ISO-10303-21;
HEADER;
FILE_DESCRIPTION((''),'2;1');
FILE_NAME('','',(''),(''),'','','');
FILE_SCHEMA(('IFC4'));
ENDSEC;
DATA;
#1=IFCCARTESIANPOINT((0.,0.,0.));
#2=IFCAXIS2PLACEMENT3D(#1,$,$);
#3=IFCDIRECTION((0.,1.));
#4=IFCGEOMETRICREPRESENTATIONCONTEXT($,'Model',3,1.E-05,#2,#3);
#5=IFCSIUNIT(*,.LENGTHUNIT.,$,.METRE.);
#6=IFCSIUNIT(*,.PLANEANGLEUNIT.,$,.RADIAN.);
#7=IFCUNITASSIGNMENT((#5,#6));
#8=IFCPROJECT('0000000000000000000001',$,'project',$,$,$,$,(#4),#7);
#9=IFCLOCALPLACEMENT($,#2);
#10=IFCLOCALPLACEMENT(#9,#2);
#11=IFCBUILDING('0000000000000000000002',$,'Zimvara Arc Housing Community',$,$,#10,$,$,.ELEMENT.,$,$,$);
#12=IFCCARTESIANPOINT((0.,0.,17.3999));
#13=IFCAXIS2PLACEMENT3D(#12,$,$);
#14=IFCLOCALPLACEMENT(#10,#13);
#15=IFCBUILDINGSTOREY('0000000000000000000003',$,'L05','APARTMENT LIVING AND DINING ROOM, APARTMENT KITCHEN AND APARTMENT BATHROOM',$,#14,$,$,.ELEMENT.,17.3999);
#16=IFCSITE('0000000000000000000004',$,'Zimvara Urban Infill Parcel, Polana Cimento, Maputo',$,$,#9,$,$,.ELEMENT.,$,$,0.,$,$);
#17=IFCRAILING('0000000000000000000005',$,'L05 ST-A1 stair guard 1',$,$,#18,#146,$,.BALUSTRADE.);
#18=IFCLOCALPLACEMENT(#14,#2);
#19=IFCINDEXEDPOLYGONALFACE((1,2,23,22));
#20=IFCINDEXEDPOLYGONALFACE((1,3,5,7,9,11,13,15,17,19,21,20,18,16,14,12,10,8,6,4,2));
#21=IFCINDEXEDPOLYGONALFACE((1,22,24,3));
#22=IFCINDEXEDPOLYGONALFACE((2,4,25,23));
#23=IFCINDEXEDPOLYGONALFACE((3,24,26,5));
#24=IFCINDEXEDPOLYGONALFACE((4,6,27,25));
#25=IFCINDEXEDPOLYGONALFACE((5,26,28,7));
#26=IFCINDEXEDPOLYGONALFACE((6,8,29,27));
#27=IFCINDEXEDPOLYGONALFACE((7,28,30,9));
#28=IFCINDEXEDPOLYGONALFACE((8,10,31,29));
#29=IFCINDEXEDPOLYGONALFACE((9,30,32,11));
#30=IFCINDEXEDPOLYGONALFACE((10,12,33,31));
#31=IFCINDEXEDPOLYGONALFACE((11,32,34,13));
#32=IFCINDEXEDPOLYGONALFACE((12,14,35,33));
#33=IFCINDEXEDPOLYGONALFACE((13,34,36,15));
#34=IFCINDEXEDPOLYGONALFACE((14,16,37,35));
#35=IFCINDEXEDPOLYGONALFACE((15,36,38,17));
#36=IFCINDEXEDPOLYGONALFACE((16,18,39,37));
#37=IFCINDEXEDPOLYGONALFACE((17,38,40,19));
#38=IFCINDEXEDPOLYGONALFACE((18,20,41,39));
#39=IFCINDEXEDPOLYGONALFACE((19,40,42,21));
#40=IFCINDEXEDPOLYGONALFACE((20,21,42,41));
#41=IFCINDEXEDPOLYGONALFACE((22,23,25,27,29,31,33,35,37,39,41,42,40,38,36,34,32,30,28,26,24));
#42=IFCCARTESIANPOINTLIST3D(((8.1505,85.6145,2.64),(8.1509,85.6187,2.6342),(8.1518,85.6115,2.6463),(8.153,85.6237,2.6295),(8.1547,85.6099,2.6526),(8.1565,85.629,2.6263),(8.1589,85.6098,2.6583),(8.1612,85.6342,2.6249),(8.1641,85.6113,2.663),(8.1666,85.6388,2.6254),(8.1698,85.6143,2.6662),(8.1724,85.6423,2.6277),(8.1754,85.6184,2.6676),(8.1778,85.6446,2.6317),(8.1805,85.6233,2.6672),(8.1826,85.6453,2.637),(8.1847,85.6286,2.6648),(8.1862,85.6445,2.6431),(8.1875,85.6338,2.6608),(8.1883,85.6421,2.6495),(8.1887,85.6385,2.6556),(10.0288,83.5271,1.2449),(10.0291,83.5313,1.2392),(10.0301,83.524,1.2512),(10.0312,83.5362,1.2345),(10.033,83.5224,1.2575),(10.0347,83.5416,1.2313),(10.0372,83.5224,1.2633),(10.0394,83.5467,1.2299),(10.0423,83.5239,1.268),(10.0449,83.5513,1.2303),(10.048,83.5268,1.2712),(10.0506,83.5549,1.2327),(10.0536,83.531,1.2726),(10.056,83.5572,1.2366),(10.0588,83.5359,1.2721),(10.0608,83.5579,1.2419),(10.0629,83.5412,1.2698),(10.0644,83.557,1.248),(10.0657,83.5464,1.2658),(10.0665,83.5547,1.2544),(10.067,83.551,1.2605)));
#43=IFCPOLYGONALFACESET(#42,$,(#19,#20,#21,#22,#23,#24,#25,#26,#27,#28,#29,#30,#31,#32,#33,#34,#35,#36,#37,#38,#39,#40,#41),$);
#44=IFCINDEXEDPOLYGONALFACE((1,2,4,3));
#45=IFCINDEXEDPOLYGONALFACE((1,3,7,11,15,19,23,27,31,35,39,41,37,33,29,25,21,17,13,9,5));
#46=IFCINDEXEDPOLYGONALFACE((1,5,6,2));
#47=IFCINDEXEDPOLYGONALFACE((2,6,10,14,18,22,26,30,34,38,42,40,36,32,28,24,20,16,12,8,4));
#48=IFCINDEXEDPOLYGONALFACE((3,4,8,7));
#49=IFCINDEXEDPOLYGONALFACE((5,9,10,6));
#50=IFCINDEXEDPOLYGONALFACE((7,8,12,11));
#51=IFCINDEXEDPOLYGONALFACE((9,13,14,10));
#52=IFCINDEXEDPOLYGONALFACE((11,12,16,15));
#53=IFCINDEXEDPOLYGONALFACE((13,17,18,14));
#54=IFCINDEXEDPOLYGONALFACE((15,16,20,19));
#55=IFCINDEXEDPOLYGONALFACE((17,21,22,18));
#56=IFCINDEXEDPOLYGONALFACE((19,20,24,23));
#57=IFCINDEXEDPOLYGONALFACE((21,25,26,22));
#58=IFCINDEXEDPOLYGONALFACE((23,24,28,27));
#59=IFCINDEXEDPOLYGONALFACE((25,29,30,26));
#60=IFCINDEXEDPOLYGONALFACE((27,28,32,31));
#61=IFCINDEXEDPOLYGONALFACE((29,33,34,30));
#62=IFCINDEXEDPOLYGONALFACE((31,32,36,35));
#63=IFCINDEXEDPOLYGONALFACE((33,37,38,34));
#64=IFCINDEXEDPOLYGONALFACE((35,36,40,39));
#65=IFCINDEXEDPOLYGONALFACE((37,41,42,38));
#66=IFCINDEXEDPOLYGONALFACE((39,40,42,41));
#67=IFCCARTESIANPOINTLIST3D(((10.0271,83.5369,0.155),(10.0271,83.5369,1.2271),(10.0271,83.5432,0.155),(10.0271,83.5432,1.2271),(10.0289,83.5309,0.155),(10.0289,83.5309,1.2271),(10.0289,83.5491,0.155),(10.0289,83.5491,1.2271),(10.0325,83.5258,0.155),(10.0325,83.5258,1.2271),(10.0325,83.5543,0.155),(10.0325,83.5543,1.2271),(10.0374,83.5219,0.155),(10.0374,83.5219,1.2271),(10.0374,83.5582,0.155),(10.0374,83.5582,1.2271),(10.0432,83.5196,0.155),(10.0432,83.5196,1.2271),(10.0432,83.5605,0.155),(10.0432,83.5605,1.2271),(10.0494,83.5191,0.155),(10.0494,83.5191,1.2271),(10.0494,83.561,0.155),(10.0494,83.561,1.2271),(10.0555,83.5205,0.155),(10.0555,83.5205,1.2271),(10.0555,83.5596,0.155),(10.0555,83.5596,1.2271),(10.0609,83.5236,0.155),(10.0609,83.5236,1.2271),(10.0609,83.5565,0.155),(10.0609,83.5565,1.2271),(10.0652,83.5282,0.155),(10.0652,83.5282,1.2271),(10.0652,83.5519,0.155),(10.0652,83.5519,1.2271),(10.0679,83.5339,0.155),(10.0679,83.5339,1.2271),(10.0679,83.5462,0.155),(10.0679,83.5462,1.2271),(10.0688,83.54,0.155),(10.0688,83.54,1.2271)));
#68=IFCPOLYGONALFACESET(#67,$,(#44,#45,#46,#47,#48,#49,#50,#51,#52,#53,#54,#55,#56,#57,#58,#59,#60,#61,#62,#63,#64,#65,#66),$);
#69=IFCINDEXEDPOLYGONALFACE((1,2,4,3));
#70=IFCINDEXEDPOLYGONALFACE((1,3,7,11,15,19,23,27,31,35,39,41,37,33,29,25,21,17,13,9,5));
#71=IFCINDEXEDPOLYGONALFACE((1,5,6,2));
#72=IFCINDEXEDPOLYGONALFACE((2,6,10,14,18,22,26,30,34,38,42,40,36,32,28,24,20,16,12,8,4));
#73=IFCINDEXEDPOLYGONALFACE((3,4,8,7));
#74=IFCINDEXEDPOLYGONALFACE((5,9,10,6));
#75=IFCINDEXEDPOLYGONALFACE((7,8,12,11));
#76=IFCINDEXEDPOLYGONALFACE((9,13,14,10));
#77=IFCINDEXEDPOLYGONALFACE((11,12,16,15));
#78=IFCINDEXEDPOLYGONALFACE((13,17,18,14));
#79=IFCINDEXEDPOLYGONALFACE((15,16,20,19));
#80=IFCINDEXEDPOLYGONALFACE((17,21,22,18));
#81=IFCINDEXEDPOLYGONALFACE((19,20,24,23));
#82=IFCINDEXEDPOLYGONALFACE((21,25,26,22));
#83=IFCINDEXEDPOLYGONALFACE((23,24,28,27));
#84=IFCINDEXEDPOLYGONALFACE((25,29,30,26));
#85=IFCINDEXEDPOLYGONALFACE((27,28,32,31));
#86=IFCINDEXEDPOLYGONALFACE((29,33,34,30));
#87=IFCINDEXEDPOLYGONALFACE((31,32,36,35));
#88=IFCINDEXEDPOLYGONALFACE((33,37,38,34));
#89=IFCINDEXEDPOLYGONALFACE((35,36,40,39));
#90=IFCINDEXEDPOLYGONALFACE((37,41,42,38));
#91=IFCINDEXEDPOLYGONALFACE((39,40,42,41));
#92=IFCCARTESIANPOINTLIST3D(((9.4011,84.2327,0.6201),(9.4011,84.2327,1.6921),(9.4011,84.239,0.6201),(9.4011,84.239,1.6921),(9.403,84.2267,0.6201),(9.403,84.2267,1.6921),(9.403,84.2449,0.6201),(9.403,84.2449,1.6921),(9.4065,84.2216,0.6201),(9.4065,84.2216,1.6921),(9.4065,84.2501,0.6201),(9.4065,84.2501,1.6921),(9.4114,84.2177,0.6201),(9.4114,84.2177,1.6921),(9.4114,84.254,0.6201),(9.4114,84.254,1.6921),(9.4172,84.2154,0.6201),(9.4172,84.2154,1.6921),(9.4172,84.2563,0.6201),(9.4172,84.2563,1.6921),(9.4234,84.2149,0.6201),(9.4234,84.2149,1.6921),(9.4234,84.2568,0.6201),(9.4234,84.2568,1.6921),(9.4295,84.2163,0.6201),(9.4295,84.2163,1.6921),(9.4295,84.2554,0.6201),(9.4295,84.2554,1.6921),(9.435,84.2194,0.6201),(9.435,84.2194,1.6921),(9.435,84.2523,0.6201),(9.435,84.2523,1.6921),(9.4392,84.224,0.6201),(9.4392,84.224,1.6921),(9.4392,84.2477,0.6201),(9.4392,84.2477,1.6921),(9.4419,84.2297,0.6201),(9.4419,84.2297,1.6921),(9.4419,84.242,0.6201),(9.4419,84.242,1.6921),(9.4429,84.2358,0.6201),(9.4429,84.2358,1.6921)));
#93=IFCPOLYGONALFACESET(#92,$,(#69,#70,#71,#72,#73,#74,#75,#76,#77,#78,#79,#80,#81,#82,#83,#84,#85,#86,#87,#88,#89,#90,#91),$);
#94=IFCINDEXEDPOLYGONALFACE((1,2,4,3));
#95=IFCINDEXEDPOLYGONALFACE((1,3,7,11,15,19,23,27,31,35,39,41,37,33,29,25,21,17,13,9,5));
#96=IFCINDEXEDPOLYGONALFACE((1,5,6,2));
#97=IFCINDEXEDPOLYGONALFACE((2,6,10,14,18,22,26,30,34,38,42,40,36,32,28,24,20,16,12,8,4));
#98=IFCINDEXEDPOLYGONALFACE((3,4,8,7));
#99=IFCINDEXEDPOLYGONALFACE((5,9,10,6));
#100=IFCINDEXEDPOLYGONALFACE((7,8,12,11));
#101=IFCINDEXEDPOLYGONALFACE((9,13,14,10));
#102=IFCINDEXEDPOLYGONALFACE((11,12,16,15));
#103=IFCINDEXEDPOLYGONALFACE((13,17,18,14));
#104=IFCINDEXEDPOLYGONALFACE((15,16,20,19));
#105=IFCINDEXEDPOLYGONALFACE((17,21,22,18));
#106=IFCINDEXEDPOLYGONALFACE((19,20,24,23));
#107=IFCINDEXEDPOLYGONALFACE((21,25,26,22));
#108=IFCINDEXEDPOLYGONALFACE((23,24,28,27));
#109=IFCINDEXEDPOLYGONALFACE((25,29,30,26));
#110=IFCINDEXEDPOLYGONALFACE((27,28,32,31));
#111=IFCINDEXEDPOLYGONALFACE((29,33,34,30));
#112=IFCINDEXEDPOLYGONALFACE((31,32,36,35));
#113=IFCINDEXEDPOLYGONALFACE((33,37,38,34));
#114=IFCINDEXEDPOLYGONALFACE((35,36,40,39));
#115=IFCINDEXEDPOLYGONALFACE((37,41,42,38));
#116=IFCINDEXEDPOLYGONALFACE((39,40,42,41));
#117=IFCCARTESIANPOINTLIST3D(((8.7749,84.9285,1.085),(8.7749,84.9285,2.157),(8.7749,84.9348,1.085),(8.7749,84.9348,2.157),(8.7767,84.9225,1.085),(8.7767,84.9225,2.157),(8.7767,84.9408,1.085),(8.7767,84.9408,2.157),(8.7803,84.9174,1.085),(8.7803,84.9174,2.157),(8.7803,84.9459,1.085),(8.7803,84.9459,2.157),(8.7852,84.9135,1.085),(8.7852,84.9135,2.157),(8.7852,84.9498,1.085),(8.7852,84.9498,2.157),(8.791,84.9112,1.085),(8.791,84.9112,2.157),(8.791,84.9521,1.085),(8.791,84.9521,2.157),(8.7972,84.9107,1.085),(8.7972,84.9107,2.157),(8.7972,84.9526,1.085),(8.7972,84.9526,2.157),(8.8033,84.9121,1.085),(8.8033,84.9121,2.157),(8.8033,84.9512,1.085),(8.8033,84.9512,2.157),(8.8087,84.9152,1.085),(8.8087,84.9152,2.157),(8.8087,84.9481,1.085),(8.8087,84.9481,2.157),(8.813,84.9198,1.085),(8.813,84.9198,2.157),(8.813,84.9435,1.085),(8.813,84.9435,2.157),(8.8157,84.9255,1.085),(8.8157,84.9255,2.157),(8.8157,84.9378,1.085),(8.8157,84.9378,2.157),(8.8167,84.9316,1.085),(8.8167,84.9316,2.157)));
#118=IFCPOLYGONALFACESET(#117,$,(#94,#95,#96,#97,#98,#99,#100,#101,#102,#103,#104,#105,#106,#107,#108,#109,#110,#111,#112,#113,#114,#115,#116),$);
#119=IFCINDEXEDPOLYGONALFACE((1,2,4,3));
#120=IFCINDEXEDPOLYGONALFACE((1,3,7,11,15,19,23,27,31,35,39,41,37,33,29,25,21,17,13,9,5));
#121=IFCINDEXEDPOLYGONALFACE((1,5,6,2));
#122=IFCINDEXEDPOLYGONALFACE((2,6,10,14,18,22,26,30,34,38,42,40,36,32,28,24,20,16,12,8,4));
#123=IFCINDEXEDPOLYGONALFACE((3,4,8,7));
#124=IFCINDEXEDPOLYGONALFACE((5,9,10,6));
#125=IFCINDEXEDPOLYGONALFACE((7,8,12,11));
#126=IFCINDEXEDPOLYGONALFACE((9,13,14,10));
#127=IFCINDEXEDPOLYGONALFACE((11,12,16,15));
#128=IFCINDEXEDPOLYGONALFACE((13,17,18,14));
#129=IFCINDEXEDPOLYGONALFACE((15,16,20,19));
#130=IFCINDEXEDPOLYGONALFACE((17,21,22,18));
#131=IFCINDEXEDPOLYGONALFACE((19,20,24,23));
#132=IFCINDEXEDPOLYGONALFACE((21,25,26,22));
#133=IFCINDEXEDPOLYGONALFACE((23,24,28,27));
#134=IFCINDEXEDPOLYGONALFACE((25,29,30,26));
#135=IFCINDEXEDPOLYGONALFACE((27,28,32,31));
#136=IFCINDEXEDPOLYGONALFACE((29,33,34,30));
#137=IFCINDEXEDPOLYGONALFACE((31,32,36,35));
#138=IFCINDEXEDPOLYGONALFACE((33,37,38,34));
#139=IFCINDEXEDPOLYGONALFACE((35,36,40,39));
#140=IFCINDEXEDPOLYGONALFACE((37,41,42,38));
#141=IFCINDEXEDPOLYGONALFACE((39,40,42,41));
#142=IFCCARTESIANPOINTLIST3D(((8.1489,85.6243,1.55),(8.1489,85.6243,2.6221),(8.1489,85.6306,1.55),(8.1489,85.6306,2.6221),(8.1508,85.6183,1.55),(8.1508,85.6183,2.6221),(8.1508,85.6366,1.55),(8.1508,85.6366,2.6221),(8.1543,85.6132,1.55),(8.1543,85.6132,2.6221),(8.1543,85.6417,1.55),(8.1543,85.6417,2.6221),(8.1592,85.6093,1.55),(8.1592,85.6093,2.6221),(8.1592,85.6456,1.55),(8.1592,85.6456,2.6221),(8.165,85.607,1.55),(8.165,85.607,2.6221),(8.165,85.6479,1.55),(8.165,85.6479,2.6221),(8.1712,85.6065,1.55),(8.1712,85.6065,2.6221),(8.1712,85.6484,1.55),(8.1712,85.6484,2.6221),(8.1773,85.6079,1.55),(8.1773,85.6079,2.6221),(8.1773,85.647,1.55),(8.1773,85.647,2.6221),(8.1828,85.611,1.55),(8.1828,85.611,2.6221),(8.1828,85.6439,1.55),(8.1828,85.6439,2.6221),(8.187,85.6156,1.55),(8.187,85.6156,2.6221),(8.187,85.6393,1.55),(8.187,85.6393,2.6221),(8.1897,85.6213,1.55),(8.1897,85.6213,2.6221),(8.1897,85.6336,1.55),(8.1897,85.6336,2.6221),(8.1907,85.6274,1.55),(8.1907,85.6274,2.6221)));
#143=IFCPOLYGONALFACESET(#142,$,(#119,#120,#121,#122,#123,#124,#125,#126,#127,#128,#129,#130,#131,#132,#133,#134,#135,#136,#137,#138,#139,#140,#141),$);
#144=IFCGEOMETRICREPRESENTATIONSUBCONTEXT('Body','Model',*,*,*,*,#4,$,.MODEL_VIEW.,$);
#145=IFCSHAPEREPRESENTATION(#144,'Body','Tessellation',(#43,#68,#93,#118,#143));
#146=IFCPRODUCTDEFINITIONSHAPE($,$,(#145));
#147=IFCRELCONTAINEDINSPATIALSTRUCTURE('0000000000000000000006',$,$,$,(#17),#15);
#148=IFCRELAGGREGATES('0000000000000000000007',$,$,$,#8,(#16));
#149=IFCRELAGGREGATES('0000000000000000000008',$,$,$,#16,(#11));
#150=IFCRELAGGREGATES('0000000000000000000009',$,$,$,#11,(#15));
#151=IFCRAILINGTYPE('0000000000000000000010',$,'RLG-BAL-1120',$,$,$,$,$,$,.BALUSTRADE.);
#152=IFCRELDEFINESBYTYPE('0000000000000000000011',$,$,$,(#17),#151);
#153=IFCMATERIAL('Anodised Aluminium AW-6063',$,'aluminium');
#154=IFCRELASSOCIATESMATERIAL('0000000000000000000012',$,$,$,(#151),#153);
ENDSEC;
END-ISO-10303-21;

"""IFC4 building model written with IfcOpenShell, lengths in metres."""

from ifc_helpers import new_model, si_unit, direction, frame, origin, origin_2d, place, context, subcontext, project, spatial, circle, extrude, material, type_object, element, save


model = new_model("IFC4")

# Units and contexts
model_context = context("Model", 3, precision=1e-05, world=origin(), true_north=direction((0.0, 1.0)))
body_context = subcontext(model_context, "Body", "Model", "MODEL_VIEW")
ifc_project = project(units=[si_unit("LENGTHUNIT", "METRE"), si_unit("PLANEANGLEUNIT", "RADIAN")], contexts=[model_context])

# Site, building, storey
site_placement = place(None, origin())
site = spatial("IfcSite", under=ifc_project, at=site_placement, Name="Zimvara Urban Infill Parcel, Polana Cimento, Maputo", CompositionType="ELEMENT", RefElevation=0.0)
building_placement = place(site_placement, origin())
building = spatial("IfcBuilding", under=site, at=building_placement, Name="Zimvara Arc Housing Community", CompositionType="ELEMENT")
storey_placement = place(building_placement, frame((0.0, 0.0, 17.3999)))
storey = spatial("IfcBuildingStorey", under=building, at=storey_placement, Name="L05", Description="APARTMENT LIVING AND DINING ROOM, APARTMENT KITCHEN AND APARTMENT BATHROOM", CompositionType="ELEMENT", Elevation=17.3999)

# Railing
ifc_material_1 = material(Name="Anodised Aluminium AW-6063", Category="aluminium")
railing_type = type_object("IfcRailingType", Name="RLG-BAL-1120", PredefinedType="BALUSTRADE", material=ifc_material_1)
railing_1_placement = place(storey_placement, frame((10.0479, 83.54, 0.155)))
element("IfcRailing", 1, at=railing_1_placement, inside=storey, type_object=railing_type, Name="L05 ST-A1 stair guard 1", PredefinedType="BALUSTRADE", context=body_context, shape_type="SweptSolid", body=[
    extrude(circle(Radius=0.0239, at=origin_2d()), frame((0.0, 0.0, 1.0962), z_axis=(-0.599018, 0.665749, 0.444923), x_axis=(-0.743381, -0.668869, 0.0)), (0.0, 0.0, 1.0), 3.1355),
    extrude(circle(Radius=0.021, at=origin_2d()), origin(), (0.0, 0.0, 1.0), 1.072),
    extrude(circle(Radius=0.021, at=origin_2d()), frame((-0.626, 0.6958, 0.4651)), (0.0, 0.0, 1.0), 1.072),
    extrude(circle(Radius=0.021, at=origin_2d()), frame((-1.2522, 1.3916, 0.9299)), (0.0, 0.0, 1.0), 1.072),
    extrude(circle(Radius=0.021, at=origin_2d()), frame((-1.8782, 2.0874, 1.395)), (0.0, 0.0, 1.0), 1.072),
])

save(model, "model.ifc")
